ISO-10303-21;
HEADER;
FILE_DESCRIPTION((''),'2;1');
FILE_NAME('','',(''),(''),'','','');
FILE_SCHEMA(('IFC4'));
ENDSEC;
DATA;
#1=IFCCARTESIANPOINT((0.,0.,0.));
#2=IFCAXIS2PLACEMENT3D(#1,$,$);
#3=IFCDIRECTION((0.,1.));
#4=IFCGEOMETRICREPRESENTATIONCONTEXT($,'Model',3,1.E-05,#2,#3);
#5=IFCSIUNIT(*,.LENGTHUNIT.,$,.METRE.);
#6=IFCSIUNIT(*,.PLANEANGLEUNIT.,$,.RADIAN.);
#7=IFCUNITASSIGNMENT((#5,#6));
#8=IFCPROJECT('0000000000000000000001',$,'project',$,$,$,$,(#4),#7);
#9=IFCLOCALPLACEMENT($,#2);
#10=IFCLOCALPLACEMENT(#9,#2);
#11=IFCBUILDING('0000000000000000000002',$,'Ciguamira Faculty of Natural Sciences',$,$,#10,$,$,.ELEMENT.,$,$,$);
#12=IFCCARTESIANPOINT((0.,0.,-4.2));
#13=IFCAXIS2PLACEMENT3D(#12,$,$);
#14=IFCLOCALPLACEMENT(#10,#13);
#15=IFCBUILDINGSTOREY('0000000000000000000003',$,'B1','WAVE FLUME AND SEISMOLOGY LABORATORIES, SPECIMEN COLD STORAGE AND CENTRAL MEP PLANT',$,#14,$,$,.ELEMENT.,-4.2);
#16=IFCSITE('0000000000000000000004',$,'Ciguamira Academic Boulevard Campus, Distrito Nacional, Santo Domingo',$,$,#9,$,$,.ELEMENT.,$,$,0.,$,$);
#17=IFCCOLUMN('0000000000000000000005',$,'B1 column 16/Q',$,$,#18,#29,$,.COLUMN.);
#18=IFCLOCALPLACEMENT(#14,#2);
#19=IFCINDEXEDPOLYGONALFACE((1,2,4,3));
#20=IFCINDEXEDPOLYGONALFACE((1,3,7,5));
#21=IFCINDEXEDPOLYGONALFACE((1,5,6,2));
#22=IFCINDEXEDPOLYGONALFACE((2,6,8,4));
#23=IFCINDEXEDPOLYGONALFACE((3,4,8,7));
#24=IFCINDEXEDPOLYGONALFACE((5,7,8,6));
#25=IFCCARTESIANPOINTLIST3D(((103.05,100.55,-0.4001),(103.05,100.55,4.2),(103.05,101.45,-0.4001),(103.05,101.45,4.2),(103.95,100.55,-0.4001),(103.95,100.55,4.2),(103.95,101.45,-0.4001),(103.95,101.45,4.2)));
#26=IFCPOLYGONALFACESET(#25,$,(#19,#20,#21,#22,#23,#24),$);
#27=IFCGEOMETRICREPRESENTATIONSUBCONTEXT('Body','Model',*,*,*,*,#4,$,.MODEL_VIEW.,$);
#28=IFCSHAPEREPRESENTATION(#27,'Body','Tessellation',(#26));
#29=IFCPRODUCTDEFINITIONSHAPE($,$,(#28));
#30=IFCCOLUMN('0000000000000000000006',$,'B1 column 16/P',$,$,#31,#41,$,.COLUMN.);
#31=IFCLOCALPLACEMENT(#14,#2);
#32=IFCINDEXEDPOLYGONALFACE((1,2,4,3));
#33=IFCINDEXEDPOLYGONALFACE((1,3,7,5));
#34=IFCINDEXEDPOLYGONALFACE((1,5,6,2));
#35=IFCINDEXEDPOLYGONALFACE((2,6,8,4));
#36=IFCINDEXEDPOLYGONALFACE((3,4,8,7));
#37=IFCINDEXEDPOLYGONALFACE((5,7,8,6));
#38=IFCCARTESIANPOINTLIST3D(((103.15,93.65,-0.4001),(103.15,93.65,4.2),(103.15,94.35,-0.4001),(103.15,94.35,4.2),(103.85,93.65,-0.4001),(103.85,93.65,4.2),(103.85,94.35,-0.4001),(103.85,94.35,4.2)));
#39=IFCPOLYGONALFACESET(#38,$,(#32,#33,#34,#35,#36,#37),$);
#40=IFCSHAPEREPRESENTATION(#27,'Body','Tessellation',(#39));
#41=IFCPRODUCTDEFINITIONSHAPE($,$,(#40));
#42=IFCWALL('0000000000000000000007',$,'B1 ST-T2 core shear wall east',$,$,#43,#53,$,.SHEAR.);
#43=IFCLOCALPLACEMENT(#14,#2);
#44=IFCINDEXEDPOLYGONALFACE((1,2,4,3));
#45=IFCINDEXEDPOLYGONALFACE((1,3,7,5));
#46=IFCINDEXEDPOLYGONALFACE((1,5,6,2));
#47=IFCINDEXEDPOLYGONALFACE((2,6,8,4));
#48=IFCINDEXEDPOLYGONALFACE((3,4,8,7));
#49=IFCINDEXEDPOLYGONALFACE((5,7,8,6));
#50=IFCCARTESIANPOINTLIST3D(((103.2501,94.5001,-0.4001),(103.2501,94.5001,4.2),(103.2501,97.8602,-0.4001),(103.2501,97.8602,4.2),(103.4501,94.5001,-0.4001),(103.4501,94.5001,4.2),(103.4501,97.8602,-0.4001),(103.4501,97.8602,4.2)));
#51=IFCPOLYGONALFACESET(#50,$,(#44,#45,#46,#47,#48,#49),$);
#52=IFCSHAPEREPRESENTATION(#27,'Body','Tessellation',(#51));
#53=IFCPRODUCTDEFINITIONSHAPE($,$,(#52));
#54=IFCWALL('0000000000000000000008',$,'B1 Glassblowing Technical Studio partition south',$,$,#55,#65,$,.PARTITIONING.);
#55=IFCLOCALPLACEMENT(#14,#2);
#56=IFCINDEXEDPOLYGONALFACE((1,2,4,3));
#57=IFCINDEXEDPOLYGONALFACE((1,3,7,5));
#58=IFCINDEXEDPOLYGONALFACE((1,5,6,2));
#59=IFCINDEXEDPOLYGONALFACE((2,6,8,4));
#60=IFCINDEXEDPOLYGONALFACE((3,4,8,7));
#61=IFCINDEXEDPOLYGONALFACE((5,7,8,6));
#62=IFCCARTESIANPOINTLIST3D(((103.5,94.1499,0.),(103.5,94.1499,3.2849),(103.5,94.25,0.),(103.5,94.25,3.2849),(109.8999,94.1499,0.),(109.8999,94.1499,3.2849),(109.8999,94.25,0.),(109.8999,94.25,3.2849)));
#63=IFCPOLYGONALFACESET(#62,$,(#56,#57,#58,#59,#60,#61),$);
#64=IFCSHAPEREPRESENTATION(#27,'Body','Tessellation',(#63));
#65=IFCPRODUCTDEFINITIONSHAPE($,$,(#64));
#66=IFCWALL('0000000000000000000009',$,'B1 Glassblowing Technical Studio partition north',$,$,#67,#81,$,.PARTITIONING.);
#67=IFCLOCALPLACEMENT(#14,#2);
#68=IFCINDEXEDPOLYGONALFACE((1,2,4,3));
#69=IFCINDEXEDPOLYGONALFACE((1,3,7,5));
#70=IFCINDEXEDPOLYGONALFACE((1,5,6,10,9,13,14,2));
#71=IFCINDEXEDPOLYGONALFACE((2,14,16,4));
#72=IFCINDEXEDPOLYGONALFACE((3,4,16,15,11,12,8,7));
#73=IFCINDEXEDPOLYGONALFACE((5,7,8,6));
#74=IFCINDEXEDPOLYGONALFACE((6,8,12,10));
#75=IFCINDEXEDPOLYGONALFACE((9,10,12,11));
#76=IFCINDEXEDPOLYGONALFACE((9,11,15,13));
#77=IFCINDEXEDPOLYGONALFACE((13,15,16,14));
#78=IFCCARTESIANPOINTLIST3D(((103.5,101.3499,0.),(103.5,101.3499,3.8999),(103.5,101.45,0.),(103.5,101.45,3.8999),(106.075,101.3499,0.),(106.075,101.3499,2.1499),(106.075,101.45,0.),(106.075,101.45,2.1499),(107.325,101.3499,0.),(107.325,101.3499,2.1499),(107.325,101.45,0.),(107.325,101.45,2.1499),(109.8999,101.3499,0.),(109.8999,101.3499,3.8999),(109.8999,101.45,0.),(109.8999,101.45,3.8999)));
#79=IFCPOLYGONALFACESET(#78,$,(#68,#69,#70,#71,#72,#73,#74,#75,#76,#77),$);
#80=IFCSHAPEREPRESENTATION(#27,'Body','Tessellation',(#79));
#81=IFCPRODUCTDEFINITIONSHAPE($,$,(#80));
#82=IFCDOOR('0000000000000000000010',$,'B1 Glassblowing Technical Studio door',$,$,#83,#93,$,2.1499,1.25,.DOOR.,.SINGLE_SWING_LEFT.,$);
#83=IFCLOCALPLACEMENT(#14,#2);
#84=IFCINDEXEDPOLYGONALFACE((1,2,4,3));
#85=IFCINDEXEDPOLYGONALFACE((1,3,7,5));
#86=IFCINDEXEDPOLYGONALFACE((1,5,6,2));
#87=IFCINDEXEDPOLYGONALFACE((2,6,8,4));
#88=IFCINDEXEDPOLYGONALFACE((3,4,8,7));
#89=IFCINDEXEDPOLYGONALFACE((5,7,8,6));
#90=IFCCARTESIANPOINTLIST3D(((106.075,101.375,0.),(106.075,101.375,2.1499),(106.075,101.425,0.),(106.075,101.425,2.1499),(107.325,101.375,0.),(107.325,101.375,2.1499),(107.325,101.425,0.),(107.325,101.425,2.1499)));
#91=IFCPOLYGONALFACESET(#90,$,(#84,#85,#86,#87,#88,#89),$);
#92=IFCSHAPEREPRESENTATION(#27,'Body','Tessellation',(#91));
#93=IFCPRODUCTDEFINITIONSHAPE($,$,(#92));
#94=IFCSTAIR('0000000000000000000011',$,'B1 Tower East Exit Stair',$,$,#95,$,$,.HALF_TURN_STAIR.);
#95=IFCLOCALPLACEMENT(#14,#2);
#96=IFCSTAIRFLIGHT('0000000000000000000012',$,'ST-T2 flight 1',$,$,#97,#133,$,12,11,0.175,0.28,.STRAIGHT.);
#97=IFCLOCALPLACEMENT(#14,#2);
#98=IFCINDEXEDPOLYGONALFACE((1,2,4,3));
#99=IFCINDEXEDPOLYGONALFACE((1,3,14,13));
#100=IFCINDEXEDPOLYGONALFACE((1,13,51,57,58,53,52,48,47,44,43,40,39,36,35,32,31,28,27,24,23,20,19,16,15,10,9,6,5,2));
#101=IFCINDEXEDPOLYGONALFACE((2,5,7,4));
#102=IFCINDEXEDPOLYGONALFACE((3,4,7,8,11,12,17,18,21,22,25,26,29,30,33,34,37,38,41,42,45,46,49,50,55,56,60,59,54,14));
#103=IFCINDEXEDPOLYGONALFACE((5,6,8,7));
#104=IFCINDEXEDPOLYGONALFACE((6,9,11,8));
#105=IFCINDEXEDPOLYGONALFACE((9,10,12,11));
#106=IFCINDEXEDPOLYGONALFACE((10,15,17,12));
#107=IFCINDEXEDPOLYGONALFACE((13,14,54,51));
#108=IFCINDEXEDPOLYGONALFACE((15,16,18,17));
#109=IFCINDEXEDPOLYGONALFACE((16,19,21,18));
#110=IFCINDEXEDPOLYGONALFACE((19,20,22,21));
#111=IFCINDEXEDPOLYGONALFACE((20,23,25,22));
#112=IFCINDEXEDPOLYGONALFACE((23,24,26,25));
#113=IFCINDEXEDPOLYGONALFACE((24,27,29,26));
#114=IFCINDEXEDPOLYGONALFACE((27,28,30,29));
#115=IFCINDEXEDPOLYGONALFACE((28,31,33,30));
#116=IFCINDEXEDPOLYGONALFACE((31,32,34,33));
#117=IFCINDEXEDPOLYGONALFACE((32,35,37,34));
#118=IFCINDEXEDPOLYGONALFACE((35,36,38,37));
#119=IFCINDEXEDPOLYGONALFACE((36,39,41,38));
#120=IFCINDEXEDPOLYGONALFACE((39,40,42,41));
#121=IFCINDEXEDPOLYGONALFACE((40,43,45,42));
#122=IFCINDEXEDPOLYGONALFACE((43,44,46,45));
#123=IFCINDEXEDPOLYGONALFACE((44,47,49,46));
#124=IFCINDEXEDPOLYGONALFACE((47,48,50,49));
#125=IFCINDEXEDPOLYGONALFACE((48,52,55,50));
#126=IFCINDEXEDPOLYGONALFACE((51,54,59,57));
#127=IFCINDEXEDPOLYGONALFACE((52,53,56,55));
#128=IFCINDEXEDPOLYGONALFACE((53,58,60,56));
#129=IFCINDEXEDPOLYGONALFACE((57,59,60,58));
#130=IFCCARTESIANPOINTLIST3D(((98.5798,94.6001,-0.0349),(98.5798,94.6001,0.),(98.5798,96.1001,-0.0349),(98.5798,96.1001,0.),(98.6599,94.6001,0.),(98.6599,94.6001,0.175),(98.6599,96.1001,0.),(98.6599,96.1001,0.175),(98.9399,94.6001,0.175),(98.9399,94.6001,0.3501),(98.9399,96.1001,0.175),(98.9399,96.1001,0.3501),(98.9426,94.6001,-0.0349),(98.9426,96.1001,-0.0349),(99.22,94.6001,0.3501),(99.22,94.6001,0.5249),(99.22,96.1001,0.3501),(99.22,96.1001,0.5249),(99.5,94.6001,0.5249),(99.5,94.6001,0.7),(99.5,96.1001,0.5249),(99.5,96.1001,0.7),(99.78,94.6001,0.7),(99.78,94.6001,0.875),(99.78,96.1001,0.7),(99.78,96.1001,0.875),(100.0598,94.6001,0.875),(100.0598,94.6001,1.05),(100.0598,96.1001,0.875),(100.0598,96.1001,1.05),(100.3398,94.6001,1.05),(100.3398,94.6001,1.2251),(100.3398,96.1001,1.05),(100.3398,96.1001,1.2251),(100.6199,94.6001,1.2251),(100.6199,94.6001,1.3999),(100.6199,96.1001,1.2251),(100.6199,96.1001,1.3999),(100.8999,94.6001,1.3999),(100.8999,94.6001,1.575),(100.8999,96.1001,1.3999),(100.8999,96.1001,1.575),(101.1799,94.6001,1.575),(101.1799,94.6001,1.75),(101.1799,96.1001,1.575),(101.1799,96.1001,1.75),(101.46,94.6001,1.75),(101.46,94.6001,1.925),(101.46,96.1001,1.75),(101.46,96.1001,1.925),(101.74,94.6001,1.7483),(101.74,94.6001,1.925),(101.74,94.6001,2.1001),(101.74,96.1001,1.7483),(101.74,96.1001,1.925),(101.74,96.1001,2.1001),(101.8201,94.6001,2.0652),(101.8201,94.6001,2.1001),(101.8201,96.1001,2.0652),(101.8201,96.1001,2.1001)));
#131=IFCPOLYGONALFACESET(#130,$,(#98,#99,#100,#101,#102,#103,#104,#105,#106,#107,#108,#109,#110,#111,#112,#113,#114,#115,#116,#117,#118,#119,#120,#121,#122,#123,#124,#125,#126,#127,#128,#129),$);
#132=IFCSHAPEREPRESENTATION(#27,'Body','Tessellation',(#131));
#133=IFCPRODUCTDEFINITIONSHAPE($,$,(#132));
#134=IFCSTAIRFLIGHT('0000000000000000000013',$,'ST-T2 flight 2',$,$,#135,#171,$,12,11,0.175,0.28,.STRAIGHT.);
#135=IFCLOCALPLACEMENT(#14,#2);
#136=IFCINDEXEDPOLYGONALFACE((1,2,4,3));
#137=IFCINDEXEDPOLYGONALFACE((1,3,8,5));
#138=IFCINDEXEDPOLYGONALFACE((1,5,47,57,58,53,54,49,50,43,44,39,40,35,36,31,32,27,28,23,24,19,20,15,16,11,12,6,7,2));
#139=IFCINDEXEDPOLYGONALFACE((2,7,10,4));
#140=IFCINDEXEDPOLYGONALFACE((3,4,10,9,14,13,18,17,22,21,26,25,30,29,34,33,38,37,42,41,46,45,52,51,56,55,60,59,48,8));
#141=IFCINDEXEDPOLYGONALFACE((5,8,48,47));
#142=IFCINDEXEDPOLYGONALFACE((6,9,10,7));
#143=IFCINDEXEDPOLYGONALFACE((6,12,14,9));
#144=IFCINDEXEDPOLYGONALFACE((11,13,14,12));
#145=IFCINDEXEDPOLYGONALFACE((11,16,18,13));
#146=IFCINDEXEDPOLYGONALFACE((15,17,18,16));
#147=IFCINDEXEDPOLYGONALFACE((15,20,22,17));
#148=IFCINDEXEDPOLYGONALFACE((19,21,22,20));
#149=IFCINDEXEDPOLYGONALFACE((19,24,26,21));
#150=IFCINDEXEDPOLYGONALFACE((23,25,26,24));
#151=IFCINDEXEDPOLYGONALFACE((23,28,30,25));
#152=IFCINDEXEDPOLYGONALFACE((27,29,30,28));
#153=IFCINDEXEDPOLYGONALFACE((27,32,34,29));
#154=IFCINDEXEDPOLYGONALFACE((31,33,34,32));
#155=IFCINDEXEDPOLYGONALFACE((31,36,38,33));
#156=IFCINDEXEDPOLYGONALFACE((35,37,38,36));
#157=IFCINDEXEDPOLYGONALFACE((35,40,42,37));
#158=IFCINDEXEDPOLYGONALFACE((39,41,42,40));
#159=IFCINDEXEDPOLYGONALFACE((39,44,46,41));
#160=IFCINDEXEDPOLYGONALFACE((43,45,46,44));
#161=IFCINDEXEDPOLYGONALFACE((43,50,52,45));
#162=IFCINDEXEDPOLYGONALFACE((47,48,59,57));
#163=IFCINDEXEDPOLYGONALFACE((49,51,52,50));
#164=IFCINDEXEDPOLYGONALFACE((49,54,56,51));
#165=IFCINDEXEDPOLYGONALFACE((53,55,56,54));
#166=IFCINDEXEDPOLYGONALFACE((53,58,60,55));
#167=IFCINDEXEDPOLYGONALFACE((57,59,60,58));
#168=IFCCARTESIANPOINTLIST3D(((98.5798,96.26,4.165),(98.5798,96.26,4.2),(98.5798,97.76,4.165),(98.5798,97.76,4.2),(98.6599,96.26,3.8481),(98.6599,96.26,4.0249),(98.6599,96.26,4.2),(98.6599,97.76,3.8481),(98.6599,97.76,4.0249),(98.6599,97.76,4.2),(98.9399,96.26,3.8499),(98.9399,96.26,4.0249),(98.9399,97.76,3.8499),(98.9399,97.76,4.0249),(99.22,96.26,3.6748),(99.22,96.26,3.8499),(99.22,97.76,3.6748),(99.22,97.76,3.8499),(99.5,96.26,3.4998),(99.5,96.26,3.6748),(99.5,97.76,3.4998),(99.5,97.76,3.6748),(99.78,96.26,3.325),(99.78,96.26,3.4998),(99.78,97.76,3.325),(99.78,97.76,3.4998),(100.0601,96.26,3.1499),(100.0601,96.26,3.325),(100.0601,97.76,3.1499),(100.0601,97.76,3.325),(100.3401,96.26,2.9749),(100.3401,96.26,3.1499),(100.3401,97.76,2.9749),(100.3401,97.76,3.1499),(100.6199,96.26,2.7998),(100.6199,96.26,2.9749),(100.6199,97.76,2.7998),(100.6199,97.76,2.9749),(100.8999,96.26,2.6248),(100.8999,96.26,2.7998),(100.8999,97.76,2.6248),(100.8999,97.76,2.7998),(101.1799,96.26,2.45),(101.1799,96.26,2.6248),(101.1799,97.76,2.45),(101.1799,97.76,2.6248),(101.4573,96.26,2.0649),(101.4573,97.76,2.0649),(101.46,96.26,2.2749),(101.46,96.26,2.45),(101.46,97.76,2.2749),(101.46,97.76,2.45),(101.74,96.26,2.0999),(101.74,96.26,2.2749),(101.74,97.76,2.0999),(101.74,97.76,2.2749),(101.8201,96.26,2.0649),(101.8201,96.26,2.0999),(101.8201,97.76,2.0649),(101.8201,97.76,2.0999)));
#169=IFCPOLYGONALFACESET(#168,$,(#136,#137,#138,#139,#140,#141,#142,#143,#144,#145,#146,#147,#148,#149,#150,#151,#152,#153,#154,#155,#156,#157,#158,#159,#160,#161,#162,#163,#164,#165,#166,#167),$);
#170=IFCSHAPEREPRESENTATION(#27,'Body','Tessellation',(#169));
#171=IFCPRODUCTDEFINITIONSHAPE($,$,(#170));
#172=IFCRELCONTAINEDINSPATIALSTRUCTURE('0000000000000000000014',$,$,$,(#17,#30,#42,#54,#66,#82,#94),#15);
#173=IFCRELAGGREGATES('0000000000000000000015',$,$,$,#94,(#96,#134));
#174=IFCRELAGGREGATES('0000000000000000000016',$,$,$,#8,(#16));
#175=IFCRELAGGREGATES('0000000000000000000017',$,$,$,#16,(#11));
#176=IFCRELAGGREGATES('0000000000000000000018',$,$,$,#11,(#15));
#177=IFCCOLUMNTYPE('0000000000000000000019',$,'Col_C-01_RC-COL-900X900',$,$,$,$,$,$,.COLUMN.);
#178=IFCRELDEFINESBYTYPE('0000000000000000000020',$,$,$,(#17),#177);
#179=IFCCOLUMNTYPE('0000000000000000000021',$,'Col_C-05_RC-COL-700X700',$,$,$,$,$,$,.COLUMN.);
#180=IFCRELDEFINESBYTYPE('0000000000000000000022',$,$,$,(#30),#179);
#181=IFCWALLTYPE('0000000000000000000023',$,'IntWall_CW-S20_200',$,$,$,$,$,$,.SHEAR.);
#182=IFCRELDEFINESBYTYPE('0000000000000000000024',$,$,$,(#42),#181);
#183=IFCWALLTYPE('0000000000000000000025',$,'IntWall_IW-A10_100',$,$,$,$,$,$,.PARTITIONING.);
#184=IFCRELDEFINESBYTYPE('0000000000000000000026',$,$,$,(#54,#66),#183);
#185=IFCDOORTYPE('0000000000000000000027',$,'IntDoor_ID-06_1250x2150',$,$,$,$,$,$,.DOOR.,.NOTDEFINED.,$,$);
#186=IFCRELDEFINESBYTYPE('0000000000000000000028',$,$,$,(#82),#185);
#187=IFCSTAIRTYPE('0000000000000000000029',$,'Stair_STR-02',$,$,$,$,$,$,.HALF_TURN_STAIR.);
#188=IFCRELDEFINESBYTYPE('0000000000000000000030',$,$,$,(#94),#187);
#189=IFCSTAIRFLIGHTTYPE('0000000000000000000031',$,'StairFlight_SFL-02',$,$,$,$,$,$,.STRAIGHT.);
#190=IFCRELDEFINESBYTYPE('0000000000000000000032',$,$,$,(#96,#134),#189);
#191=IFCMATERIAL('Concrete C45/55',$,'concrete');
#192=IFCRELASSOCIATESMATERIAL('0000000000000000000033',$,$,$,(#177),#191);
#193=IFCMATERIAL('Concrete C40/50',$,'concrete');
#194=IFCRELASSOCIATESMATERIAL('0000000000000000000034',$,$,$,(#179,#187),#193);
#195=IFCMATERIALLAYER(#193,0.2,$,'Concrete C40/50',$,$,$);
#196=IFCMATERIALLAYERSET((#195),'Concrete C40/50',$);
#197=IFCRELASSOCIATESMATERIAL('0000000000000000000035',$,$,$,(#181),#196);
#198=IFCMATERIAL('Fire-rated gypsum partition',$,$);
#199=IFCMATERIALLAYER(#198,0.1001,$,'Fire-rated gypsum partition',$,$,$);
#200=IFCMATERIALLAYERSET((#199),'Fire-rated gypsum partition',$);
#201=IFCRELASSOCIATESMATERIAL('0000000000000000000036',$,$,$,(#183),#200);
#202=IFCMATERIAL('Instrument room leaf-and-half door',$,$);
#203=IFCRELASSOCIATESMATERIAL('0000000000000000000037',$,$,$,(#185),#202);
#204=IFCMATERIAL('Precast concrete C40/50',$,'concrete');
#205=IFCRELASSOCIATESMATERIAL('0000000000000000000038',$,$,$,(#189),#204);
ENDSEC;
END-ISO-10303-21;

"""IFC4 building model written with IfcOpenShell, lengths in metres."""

from ifc_helpers import new_model, si_unit, direction, frame, frame_2d, origin, origin_2d, place, context, subcontext, project, spatial, polyline, rectangle, outline, extrude, material, layer, layer_set, material_profile, profile_set, type_object, element, fill, aggregate, save


model = new_model("IFC4")

# Units and contexts
model_context = context("Model", 3, precision=1e-05, world=origin(), true_north=direction((0.0, 1.0)))
body_context = subcontext(model_context, "Body", "Model", "MODEL_VIEW")
ifc_project = project(units=[si_unit("LENGTHUNIT", "METRE"), si_unit("PLANEANGLEUNIT", "RADIAN")], contexts=[model_context])

# Site, building, storey
site_placement = place(None, origin())
site = spatial("IfcSite", under=ifc_project, at=site_placement, Name="Ciguamira Academic Boulevard Campus, Distrito Nacional, Santo Domingo", CompositionType="ELEMENT", RefElevation=0.0)
building_placement = place(site_placement, origin())
building = spatial("IfcBuilding", under=site, at=building_placement, Name="Ciguamira Faculty of Natural Sciences", CompositionType="ELEMENT")
storey_placement = place(building_placement, frame((0.0, 0.0, -4.2)))
storey = spatial("IfcBuildingStorey", under=building, at=storey_placement, Name="B1", Description="WAVE FLUME AND SEISMOLOGY LABORATORIES, SPECIMEN COLD STORAGE AND CENTRAL MEP PLANT", CompositionType="ELEMENT", Elevation=-4.2)

# Columns
ifc_material_1 = material(Name="Concrete C45/55", Category="concrete")
ifc_material_profile_1 = material_profile(ifc_material_1, rectangle(XDim=0.8999, YDim=0.8999, at=origin_2d()), Name="RC-COL-900X900")
ifc_profile_set_1 = profile_set([ifc_material_profile_1], Name="Concrete C45/55")
column_type_1 = type_object("IfcColumnType", Name="Col_C-01_RC-COL-900X900", PredefinedType="COLUMN", material=ifc_profile_set_1)
column_1_placement = place(storey_placement, frame((103.5, 101.0, -0.4001), z_axis=(0.0, 0.0, 1.0), x_axis=(1.0, 0.0, 0.0)))
element("IfcColumn", 1, at=column_1_placement, inside=storey, type_object=column_type_1, Name="B1 column 16/Q", PredefinedType="COLUMN", context=body_context, shape_type="SweptSolid", body=[
    extrude(rectangle(XDim=0.8999, YDim=0.8999, at=origin_2d()), origin(), (0.0, 0.0, 1.0), 4.6001),
])
ifc_material_2 = material(Name="Concrete C40/50", Category="concrete")
ifc_material_profile_2 = material_profile(ifc_material_2, rectangle(XDim=0.7, YDim=0.7, at=origin_2d()), Name="RC-COL-700X700")
ifc_profile_set_2 = profile_set([ifc_material_profile_2], Name="Concrete C40/50")
column_type_2 = type_object("IfcColumnType", Name="Col_C-05_RC-COL-700X700", PredefinedType="COLUMN", material=ifc_profile_set_2)
column_2_placement = place(storey_placement, frame((103.5, 94.0, -0.4001), z_axis=(0.0, 0.0, 1.0), x_axis=(1.0, 0.0, 0.0)))
element("IfcColumn", 2, at=column_2_placement, inside=storey, type_object=column_type_2, Name="B1 column 16/P", PredefinedType="COLUMN", context=body_context, shape_type="SweptSolid", body=[
    extrude(rectangle(XDim=0.7, YDim=0.7, at=origin_2d()), origin(), (0.0, 0.0, 1.0), 4.6001),
])

# Walls
ifc_layer_1 = layer(ifc_material_2, 0.2, Name="Concrete C40/50")
ifc_layer_set_1 = layer_set([ifc_layer_1], Name="Concrete C40/50")
wall_type_1 = type_object("IfcWallType", Name="IntWall_CW-S20_200", PredefinedType="SHEAR", material=ifc_layer_set_1)
wall_1_placement = place(storey_placement, frame((103.3501, 94.5, -0.4001), z_axis=(0.0, 0.0, 1.0), x_axis=(0.0, 1.0, 0.0)))
element("IfcWall", 3, at=wall_1_placement, inside=storey, type_object=wall_type_1, Name="B1 ST-T2 core shear wall east", PredefinedType="SHEAR", context=body_context, shape_type="SweptSolid", body=[
    extrude(rectangle(XDim=3.3601, YDim=0.2, at=frame_2d((1.6802, 0.0))), origin(), (0.0, 0.0, 1.0), 4.6001),
])
ifc_material_3 = material(Name="Fire-rated gypsum partition")
ifc_layer_2 = layer(ifc_material_3, 0.1001, Name="Fire-rated gypsum partition")
ifc_layer_set_2 = layer_set([ifc_layer_2], Name="Fire-rated gypsum partition")
wall_type_2 = type_object("IfcWallType", Name="IntWall_IW-A10_100", PredefinedType="PARTITIONING", material=ifc_layer_set_2)
wall_2_placement = place(storey_placement, frame((103.5, 94.2, 0.0), z_axis=(0.0, 0.0, 1.0), x_axis=(1.0, 0.0, 0.0)))
element("IfcWall", 4, at=wall_2_placement, inside=storey, type_object=wall_type_2, Name="B1 Glassblowing Technical Studio partition south", PredefinedType="PARTITIONING", context=body_context, shape_type="SweptSolid", body=[
    extrude(rectangle(XDim=6.3999, YDim=0.1001, at=frame_2d((3.2, 0.0))), origin(), (0.0, 0.0, 1.0), 3.2849),
])

# Wall, opening, door
wall_3_placement = place(storey_placement, frame((103.5, 101.3999, 0.0), z_axis=(0.0, 0.0, 1.0), x_axis=(1.0, 0.0, 0.0)))
wall_3 = element("IfcWall", 5, at=wall_3_placement, inside=storey, type_object=wall_type_2, Name="B1 Glassblowing Technical Studio partition north", PredefinedType="PARTITIONING", context=body_context, shape_type="SweptSolid", body=[
    extrude(rectangle(XDim=6.3999, YDim=0.1001, at=frame_2d((3.2, 0.0))), origin(), (0.0, 0.0, 1.0), 3.8999),
])
opening_placement = place(wall_3_placement, frame((2.575, 0.0, 0.0)))
opening = element("IfcOpeningElement", 6, at=opening_placement, cuts=wall_3, PredefinedType="OPENING", context=body_context, shape_type="SweptSolid", body=[
    extrude(rectangle(XDim=1.25, YDim=2.1499, at=frame_2d((0.625, 1.075))), frame((0.0, 0.0601, 0.0), z_axis=(0.0, -1.0, 0.0), x_axis=(1.0, 0.0, 0.0)), (0.0, 0.0, 1.0), 0.1201),
])
ifc_material_4 = material(Name="Instrument room leaf-and-half door")
door_type = type_object("IfcDoorType", Name="IntDoor_ID-06_1250x2150", OperationType="NOTDEFINED", PredefinedType="DOOR", material=ifc_material_4)
door_placement = place(opening_placement, frame((1.25, 0.0, 0.0), z_axis=(0.0, 0.0, 1.0), x_axis=(-1.0, 0.0, 0.0)))
door = element("IfcDoor", 7, at=door_placement, inside=storey, type_object=door_type, Name="B1 Glassblowing Technical Studio door", OperationType="SINGLE_SWING_LEFT", OverallHeight=2.1499, OverallWidth=1.25, PredefinedType="DOOR", context=body_context, shape_type="SweptSolid", body=[
    extrude(rectangle(XDim=1.25, YDim=2.1499, at=frame_2d((0.625, 1.075))), frame((0.0, 0.0249, 0.0), z_axis=(0.0, -1.0, 0.0), x_axis=(1.0, 0.0, 0.0)), (0.0, 0.0, 1.0), 0.05),
])
fill(opening, door)

# Stair, stair flights
stair_type = type_object("IfcStairType", Name="Stair_STR-02", PredefinedType="HALF_TURN_STAIR", material=ifc_material_2)
stair_placement = place(storey_placement, origin())
stair = element("IfcStair", 8, at=stair_placement, inside=storey, type_object=stair_type, Name="B1 Tower East Exit Stair", PredefinedType="HALF_TURN_STAIR")
ifc_material_5 = material(Name="Precast concrete C40/50", Category="concrete")
stair_flight_type = type_object("IfcStairFlightType", Name="StairFlight_SFL-02", PredefinedType="STRAIGHT", material=ifc_material_5)
stair_flight_1_placement = place(storey_placement, frame((98.6599, 95.3501, 0.0), z_axis=(0.0, 0.0, 1.0), x_axis=(1.0, 0.0, 0.0)))
stair_flight_1 = element("IfcStairFlight", 9, at=stair_flight_1_placement, type_object=stair_flight_type, Name="ST-T2 flight 1", NumberOfRisers=12, NumberOfTreads=11, PredefinedType="STRAIGHT", RiserHeight=0.175, TreadLength=0.28, context=body_context, shape_type="SweptSolid", body=[
    extrude(outline(polyline([(-0.0801, -0.0349), (-0.0801, 0.0), (0.0, 0.0), (0.0, 0.175), (0.28, 0.175), (0.28, 0.3501), (0.5601, 0.3501), (0.5601, 0.5249), (0.8401, 0.5249), (0.8401, 0.7), (1.1201, 0.7), (1.1201, 0.875), (1.3999, 0.875), (1.3999, 1.05), (1.6799, 1.05), (1.6799, 1.2251), (1.96, 1.2251), (1.96, 1.3999), (2.24, 1.3999), (2.24, 1.575), (2.52, 1.575), (2.52, 1.75), (2.8, 1.75), (2.8, 1.925), (3.0801, 1.925), (3.0801, 2.1001), (3.1602, 2.1001), (3.1602, 2.0652), (3.0801, 1.7483), (0.2827, -0.0349), (-0.0801, -0.0349)])), frame((0.0, 0.75, 0.0), z_axis=(0.0, -1.0, 0.0), x_axis=(1.0, 0.0, 0.0)), (0.0, 0.0, 1.0), 1.5),
])
stair_flight_2_placement = place(storey_placement, frame((101.74, 97.01, 2.0999), z_axis=(0.0, 0.0, 1.0), x_axis=(-1.0, 0.0, 0.0)))
stair_flight_2 = element("IfcStairFlight", 10, at=stair_flight_2_placement, type_object=stair_flight_type, Name="ST-T2 flight 2", NumberOfRisers=12, NumberOfTreads=11, PredefinedType="STRAIGHT", RiserHeight=0.175, TreadLength=0.28, context=body_context, shape_type="SweptSolid", body=[
    extrude(outline(polyline([(-0.0801, -0.0349), (-0.0801, 0.0), (0.0, 0.0), (0.0, 0.175), (0.28, 0.175), (0.28, 0.3501), (0.5601, 0.3501), (0.5601, 0.5249), (0.8401, 0.5249), (0.8401, 0.7), (1.1201, 0.7), (1.1201, 0.875), (1.3999, 0.875), (1.3999, 1.05), (1.6799, 1.05), (1.6799, 1.2251), (1.96, 1.2251), (1.96, 1.3999), (2.24, 1.3999), (2.24, 1.575), (2.52, 1.575), (2.52, 1.75), (2.8, 1.75), (2.8, 1.925), (3.0801, 1.925), (3.0801, 2.1001), (3.1602, 2.1001), (3.1602, 2.0652), (3.0801, 1.7483), (0.2827, -0.0349), (-0.0801, -0.0349)])), frame((0.0, 0.75, 0.0), z_axis=(0.0, -1.0, 0.0), x_axis=(1.0, 0.0, 0.0)), (0.0, 0.0, 1.0), 1.5),
])
aggregate(stair, [stair_flight_1, stair_flight_2])

save(model, "model.ifc")
